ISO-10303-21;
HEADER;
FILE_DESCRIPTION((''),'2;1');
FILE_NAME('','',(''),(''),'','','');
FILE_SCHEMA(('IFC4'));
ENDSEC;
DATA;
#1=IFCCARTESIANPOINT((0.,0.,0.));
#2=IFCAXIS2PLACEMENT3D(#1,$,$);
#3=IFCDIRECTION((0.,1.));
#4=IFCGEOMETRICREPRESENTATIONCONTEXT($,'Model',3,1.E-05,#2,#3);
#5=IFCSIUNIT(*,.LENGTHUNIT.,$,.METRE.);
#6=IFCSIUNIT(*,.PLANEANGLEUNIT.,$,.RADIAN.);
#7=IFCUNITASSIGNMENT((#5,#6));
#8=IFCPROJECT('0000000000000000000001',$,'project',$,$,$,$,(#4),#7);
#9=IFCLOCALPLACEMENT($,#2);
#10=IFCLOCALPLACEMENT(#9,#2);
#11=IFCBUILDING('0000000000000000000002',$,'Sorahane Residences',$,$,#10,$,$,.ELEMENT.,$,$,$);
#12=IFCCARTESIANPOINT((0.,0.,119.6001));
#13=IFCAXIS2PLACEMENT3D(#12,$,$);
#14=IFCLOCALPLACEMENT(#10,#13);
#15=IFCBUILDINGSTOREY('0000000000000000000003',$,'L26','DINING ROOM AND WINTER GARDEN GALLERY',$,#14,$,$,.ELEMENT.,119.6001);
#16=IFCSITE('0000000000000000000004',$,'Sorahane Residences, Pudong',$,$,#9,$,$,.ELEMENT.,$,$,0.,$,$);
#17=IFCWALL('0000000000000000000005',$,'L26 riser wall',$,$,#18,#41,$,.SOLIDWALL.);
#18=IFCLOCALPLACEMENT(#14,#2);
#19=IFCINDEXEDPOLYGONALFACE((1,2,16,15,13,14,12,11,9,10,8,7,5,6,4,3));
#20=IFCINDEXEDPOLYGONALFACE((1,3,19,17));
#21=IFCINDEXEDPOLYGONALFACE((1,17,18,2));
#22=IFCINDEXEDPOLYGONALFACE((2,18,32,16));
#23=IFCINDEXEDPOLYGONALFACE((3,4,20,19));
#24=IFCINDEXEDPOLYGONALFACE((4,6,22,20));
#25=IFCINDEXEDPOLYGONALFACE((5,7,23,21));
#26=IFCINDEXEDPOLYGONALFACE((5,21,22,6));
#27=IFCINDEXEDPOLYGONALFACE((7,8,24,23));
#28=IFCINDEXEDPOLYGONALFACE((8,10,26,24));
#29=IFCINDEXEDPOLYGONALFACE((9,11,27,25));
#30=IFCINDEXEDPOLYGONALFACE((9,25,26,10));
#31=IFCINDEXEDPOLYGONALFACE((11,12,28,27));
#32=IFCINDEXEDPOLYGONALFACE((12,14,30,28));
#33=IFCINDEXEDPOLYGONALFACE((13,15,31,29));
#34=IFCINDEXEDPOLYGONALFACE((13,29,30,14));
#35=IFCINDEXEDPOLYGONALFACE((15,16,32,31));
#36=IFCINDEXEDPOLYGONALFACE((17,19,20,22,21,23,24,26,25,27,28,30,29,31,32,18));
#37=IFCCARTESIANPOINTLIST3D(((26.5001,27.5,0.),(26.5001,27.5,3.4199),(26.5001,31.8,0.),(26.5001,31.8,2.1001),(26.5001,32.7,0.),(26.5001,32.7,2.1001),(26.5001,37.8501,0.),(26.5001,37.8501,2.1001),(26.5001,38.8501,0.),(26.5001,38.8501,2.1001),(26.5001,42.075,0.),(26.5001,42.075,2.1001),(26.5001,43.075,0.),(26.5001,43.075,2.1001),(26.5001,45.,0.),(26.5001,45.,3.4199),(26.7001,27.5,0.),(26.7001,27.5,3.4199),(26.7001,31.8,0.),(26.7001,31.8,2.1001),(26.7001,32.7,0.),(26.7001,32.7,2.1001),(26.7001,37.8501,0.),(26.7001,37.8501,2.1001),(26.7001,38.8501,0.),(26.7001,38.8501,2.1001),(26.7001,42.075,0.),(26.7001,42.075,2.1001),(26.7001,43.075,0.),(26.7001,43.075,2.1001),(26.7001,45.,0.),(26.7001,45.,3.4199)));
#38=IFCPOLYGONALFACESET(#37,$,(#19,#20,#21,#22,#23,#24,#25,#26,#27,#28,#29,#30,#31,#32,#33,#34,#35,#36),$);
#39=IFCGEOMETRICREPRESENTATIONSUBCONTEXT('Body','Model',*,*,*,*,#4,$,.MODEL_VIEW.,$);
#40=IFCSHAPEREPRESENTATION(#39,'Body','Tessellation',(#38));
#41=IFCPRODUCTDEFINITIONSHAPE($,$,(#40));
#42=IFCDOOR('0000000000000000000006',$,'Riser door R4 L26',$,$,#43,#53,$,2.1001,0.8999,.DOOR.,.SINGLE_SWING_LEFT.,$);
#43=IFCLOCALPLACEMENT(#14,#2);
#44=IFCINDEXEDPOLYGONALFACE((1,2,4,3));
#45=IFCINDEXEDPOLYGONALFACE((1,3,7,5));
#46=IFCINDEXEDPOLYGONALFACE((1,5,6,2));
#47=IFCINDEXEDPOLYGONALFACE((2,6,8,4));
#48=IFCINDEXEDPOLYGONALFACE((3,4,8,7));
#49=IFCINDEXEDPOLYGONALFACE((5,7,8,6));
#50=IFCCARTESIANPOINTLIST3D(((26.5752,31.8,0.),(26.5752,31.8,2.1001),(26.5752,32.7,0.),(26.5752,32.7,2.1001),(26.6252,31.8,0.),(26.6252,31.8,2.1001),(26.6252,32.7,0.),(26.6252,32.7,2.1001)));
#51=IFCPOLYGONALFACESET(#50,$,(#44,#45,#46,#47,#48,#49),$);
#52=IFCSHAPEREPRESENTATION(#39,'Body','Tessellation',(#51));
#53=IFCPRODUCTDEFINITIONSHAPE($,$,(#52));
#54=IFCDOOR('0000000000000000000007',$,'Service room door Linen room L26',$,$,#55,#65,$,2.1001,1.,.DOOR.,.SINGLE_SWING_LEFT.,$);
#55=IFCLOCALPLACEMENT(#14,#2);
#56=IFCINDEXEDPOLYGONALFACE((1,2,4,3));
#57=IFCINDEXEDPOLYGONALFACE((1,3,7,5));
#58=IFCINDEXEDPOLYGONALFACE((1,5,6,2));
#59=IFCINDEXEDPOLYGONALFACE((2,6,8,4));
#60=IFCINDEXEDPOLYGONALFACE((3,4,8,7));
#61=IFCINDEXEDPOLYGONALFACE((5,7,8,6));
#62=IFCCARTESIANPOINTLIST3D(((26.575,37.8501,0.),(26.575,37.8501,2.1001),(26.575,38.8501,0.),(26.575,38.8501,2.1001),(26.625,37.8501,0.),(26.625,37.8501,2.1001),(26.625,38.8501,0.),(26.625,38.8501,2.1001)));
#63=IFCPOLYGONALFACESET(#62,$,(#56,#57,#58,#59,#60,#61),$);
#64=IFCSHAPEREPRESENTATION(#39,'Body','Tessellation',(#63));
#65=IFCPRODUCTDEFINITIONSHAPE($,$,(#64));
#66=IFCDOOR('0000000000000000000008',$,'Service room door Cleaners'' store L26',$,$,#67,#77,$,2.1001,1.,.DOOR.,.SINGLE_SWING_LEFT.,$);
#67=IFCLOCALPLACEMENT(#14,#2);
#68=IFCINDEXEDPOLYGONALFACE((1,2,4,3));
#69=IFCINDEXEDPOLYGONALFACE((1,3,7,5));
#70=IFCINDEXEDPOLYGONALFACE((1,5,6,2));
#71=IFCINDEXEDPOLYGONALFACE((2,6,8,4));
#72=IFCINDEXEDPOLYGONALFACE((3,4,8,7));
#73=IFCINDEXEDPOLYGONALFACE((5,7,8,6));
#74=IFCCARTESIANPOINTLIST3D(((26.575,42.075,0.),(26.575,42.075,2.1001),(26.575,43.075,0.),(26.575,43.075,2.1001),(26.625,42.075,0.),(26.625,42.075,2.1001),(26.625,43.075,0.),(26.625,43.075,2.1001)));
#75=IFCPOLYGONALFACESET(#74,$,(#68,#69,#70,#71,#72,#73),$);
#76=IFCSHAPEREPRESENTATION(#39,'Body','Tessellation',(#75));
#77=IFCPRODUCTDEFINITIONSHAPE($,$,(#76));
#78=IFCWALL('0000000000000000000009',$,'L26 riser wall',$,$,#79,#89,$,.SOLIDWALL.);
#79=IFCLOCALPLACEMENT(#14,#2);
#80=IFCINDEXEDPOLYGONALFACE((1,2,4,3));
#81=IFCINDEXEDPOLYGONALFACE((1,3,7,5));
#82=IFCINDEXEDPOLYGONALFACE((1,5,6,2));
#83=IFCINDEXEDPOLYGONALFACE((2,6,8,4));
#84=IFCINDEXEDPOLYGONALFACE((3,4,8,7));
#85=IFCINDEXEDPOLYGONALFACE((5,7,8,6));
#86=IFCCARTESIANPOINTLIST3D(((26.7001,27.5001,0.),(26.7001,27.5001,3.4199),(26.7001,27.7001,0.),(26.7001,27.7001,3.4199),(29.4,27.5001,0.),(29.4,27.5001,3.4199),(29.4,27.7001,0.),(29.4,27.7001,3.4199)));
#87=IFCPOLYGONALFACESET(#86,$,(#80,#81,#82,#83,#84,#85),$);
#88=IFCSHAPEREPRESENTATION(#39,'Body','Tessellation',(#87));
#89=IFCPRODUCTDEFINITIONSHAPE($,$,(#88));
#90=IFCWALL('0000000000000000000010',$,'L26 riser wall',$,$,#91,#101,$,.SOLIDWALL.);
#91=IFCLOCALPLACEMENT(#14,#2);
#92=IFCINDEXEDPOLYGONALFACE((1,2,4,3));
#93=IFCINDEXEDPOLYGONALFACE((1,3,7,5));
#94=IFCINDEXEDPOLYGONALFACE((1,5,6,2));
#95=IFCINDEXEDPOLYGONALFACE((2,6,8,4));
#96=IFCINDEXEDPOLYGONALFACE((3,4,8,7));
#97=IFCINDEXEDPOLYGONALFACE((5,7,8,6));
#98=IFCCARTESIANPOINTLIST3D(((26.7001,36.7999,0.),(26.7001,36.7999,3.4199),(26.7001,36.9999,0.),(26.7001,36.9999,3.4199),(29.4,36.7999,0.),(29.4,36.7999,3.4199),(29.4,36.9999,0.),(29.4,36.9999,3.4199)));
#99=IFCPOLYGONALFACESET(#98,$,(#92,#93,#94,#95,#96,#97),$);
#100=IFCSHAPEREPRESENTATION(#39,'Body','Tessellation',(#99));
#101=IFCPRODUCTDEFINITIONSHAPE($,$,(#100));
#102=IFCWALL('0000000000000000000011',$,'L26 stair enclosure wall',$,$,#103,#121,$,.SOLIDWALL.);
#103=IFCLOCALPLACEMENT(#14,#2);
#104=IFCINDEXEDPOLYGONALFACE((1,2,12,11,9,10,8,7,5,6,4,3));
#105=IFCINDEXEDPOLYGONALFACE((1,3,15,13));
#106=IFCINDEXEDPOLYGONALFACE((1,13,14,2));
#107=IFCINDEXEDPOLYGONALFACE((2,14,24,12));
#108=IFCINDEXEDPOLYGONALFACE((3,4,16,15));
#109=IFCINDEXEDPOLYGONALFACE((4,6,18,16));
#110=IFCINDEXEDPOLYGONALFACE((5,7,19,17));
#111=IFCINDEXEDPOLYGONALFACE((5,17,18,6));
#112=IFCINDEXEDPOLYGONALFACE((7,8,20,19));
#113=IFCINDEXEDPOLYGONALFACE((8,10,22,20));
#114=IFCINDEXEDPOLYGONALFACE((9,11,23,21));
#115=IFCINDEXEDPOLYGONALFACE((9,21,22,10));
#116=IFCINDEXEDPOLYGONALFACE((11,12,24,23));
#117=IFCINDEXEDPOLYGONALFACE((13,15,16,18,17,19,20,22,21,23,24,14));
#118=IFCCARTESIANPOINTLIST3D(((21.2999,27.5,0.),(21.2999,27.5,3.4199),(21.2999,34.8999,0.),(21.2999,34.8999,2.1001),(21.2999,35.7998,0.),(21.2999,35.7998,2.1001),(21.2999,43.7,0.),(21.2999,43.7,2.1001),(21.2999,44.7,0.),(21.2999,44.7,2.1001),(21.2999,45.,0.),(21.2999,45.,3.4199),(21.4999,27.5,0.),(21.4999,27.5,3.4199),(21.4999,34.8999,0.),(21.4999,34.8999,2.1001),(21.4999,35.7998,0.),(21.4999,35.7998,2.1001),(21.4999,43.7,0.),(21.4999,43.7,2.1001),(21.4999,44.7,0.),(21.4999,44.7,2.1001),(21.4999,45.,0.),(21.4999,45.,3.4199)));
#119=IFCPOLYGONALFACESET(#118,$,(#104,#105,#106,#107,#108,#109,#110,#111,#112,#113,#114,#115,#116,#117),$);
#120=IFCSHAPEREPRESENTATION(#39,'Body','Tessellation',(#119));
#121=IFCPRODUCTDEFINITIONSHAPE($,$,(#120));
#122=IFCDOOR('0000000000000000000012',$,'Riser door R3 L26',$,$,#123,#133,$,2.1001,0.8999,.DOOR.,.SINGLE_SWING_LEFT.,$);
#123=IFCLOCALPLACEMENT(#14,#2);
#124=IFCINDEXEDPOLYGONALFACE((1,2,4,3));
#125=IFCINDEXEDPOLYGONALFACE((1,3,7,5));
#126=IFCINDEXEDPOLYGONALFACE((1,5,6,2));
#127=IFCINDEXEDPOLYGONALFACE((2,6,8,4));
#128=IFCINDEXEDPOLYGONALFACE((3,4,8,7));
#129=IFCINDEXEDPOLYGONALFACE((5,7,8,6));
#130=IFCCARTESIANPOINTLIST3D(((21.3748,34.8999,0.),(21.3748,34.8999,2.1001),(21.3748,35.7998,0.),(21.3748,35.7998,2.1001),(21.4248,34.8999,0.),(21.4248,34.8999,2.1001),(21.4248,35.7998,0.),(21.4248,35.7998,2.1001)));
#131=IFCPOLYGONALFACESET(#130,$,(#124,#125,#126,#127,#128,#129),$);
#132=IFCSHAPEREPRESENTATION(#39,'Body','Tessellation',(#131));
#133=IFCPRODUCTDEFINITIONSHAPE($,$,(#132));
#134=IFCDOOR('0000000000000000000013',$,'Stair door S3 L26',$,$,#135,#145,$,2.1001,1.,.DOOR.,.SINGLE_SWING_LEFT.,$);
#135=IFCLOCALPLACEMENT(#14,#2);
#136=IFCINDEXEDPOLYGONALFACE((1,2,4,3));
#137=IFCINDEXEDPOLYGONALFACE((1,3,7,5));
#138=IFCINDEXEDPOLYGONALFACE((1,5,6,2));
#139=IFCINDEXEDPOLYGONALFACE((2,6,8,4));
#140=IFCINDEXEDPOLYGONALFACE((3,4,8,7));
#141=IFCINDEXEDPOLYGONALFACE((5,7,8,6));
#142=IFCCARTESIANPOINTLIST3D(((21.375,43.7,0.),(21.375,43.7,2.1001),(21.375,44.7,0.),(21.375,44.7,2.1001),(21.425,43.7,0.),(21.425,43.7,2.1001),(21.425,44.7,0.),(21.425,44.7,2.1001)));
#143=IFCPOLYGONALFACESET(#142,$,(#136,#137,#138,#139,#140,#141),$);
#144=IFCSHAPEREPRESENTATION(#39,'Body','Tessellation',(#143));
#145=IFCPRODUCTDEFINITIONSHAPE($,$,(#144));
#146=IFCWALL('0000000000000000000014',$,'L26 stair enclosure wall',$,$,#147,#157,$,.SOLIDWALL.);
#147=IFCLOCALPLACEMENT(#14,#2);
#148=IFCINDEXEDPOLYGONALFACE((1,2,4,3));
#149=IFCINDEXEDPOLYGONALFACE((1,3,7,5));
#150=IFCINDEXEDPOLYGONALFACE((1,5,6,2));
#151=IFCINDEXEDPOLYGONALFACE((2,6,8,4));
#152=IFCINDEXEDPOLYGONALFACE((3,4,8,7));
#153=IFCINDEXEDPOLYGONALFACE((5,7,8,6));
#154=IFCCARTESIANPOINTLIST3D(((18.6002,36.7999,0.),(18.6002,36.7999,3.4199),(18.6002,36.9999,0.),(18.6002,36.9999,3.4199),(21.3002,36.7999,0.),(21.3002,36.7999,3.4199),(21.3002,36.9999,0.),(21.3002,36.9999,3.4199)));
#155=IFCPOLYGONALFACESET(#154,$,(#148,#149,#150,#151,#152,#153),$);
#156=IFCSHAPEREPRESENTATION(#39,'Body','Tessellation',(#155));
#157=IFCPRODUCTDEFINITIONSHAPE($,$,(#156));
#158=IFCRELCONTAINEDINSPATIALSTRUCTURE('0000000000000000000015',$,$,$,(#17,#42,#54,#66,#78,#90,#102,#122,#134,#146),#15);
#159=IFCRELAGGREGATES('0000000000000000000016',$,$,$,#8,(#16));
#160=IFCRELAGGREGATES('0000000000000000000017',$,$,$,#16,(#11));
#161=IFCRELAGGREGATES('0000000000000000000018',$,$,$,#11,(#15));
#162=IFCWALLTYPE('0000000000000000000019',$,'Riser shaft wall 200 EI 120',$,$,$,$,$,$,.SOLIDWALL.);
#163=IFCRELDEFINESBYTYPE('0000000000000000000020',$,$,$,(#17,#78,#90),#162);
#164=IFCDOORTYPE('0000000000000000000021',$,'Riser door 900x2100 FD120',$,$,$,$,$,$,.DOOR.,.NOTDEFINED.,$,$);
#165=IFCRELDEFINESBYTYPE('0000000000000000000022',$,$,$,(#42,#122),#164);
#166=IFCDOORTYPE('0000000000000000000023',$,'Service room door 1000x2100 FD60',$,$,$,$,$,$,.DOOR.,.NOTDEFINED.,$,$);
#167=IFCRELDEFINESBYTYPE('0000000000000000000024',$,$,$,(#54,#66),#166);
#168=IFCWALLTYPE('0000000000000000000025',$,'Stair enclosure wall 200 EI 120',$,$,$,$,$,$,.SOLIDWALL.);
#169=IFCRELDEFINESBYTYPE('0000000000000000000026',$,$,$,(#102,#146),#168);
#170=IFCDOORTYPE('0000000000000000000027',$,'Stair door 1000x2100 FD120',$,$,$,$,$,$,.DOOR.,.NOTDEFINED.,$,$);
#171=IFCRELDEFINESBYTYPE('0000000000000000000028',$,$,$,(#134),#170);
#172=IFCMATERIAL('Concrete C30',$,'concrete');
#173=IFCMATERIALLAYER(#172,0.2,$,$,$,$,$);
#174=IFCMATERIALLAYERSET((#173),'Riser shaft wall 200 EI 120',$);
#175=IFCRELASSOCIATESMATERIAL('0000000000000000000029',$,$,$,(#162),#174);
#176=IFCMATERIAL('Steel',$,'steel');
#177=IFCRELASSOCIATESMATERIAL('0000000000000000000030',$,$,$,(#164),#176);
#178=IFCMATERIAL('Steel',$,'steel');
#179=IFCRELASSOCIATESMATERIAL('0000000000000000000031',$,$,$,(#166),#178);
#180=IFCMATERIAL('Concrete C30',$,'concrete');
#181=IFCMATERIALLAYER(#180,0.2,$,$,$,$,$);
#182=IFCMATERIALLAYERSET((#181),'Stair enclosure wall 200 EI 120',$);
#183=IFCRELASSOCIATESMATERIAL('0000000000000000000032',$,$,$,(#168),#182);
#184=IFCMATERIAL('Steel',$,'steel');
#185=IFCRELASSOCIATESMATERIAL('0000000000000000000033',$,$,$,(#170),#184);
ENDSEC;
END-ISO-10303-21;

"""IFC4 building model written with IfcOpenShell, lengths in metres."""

from ifc_helpers import new_model, si_unit, direction, frame, frame_2d, origin, place, context, subcontext, project, spatial, rectangle, extrude, material, layer, layer_set, type_object, element, fill, save


model = new_model("IFC4")

# Units and contexts
model_context = context("Model", 3, precision=1e-05, world=origin(), true_north=direction((0.0, 1.0)))
body_context = subcontext(model_context, "Body", "Model", "MODEL_VIEW")
ifc_project = project(units=[si_unit("LENGTHUNIT", "METRE"), si_unit("PLANEANGLEUNIT", "RADIAN")], contexts=[model_context])

# Site, building, storey
site_placement = place(None, origin())
site = spatial("IfcSite", under=ifc_project, at=site_placement, Name="Sorahane Residences, Pudong", CompositionType="ELEMENT", RefElevation=0.0)
building_placement = place(site_placement, origin())
building = spatial("IfcBuilding", under=site, at=building_placement, Name="Sorahane Residences", CompositionType="ELEMENT")
storey_placement = place(building_placement, frame((0.0, 0.0, 119.6001)))
storey = spatial("IfcBuildingStorey", under=building, at=storey_placement, Name="L26", Description="DINING ROOM AND WINTER GARDEN GALLERY", CompositionType="ELEMENT", Elevation=119.6001)

# Wall, openings, doors
ifc_material_1 = material(Name="Concrete C30", Category="concrete")
ifc_layer_1 = layer(ifc_material_1, 0.2)
ifc_layer_set_1 = layer_set([ifc_layer_1], Name="Riser shaft wall 200 EI 120")
wall_type_1 = type_object("IfcWallType", Name="Riser shaft wall 200 EI 120", PredefinedType="SOLIDWALL", material=ifc_layer_set_1)
wall_1_placement = place(storey_placement, frame((26.6001, 27.5, 0.0), z_axis=(0.0, 0.0, 1.0), x_axis=(0.0, 1.0, 0.0)))
wall_1 = element("IfcWall", 1, at=wall_1_placement, inside=storey, type_object=wall_type_1, Name="L26 riser wall", PredefinedType="SOLIDWALL", context=body_context, shape_type="SweptSolid", body=[
    extrude(rectangle(XDim=17.5, YDim=0.2, at=frame_2d((8.75, 0.0))), origin(), (0.0, 0.0, 1.0), 3.4199),
])
opening_1_placement = place(wall_1_placement, frame((4.3, 0.0, 0.0)))
opening_1 = element("IfcOpeningElement", 2, at=opening_1_placement, cuts=wall_1, PredefinedType="OPENING", context=body_context, shape_type="SweptSolid", body=[
    extrude(rectangle(XDim=0.8999, YDim=2.1001, at=frame_2d((0.45, 1.05))), frame((0.0, 0.1099, 0.0), z_axis=(0.0, -1.0, 0.0), x_axis=(1.0, 0.0, 0.0)), (0.0, 0.0, 1.0), 0.22),
])
opening_2_placement = place(wall_1_placement, frame((10.3501, 0.0, 0.0)))
opening_2 = element("IfcOpeningElement", 3, at=opening_2_placement, cuts=wall_1, PredefinedType="OPENING", context=body_context, shape_type="SweptSolid", body=[
    extrude(rectangle(XDim=1.0, YDim=2.1001, at=frame_2d((0.5, 1.05))), frame((0.0, 0.1099, 0.0), z_axis=(0.0, -1.0, 0.0), x_axis=(1.0, 0.0, 0.0)), (0.0, 0.0, 1.0), 0.22),
])
opening_3_placement = place(wall_1_placement, frame((14.575, 0.0, 0.0)))
opening_3 = element("IfcOpeningElement", 4, at=opening_3_placement, cuts=wall_1, PredefinedType="OPENING", context=body_context, shape_type="SweptSolid", body=[
    extrude(rectangle(XDim=1.0, YDim=2.1001, at=frame_2d((0.5, 1.05))), frame((0.0, 0.1099, 0.0), z_axis=(0.0, -1.0, 0.0), x_axis=(1.0, 0.0, 0.0)), (0.0, 0.0, 1.0), 0.22),
])
ifc_material_2 = material(Name="Steel", Category="steel")
door_type_1 = type_object("IfcDoorType", Name="Riser door 900x2100 FD120", OperationType="NOTDEFINED", PredefinedType="DOOR", material=ifc_material_2)
door_1_placement = place(opening_1_placement, origin())
door_1 = element("IfcDoor", 5, at=door_1_placement, inside=storey, type_object=door_type_1, Name="Riser door R4 L26", OperationType="SINGLE_SWING_LEFT", OverallHeight=2.1001, OverallWidth=0.8999, PredefinedType="DOOR", context=body_context, shape_type="SweptSolid", body=[
    extrude(rectangle(XDim=0.8999, YDim=2.1001, at=frame_2d((0.45, 1.05))), frame((0.0, 0.0249, 0.0), z_axis=(0.0, -1.0, 0.0), x_axis=(1.0, 0.0, 0.0)), (0.0, 0.0, 1.0), 0.05),
])
fill(opening_1, door_1)
ifc_material_3 = material(Name="Steel", Category="steel")
door_type_2 = type_object("IfcDoorType", Name="Service room door 1000x2100 FD60", OperationType="NOTDEFINED", PredefinedType="DOOR", material=ifc_material_3)
door_2_placement = place(opening_2_placement, frame((1.0, 0.0, 0.0), z_axis=(0.0, 0.0, 1.0), x_axis=(-1.0, 0.0, 0.0)))
door_2 = element("IfcDoor", 6, at=door_2_placement, inside=storey, type_object=door_type_2, Name="Service room door Linen room L26", OperationType="SINGLE_SWING_LEFT", OverallHeight=2.1001, OverallWidth=1.0, PredefinedType="DOOR", context=body_context, shape_type="SweptSolid", body=[
    extrude(rectangle(XDim=1.0, YDim=2.1001, at=frame_2d((0.5, 1.05))), frame((0.0, 0.0249, 0.0), z_axis=(0.0, -1.0, 0.0), x_axis=(1.0, 0.0, 0.0)), (0.0, 0.0, 1.0), 0.05),
])
fill(opening_2, door_2)
door_3_placement = place(opening_3_placement, frame((1.0, 0.0, 0.0), z_axis=(0.0, 0.0, 1.0), x_axis=(-1.0, 0.0, 0.0)))
door_3 = element("IfcDoor", 7, at=door_3_placement, inside=storey, type_object=door_type_2, Name="Service room door Cleaners' store L26", OperationType="SINGLE_SWING_LEFT", OverallHeight=2.1001, OverallWidth=1.0, PredefinedType="DOOR", context=body_context, shape_type="SweptSolid", body=[
    extrude(rectangle(XDim=1.0, YDim=2.1001, at=frame_2d((0.5, 1.05))), frame((0.0, 0.0249, 0.0), z_axis=(0.0, -1.0, 0.0), x_axis=(1.0, 0.0, 0.0)), (0.0, 0.0, 1.0), 0.05),
])
fill(opening_3, door_3)

# Walls
for number, where, z_axis, x_axis, name in (
    (8, (26.7, 27.6001, 0.0), (0.0, 0.0, 1.0), (1.0, 0.0, 0.0), "L26 riser wall"),
    (9, (26.7, 36.8999, 0.0), (0.0, 0.0, 1.0), (1.0, 0.0, 0.0), "L26 riser wall"),
):
    element("IfcWall", number, at=place(storey_placement, frame(where, z_axis=z_axis, x_axis=x_axis)), inside=storey, type_object=wall_type_1, Name=name, PredefinedType="SOLIDWALL", context=body_context, shape_type="SweptSolid", body=[
        extrude(rectangle(XDim=2.7, YDim=0.2, at=frame_2d((1.3501, 0.0))), origin(), (0.0, 0.0, 1.0), 3.4199),
    ])

# Wall, openings, doors
ifc_material_4 = material(Name="Concrete C30", Category="concrete")
ifc_layer_2 = layer(ifc_material_4, 0.2)
ifc_layer_set_2 = layer_set([ifc_layer_2], Name="Stair enclosure wall 200 EI 120")
wall_type_2 = type_object("IfcWallType", Name="Stair enclosure wall 200 EI 120", PredefinedType="SOLIDWALL", material=ifc_layer_set_2)
wall_2_placement = place(storey_placement, frame((21.3999, 27.5, 0.0), z_axis=(0.0, 0.0, 1.0), x_axis=(0.0, 1.0, 0.0)))
wall_2 = element("IfcWall", 10, at=wall_2_placement, inside=storey, type_object=wall_type_2, Name="L26 stair enclosure wall", PredefinedType="SOLIDWALL", context=body_context, shape_type="SweptSolid", body=[
    extrude(rectangle(XDim=17.5, YDim=0.2, at=frame_2d((8.75, 0.0))), origin(), (0.0, 0.0, 1.0), 3.4199),
])
opening_4_placement = place(wall_2_placement, frame((16.2, 0.0, 0.0)))
opening_4 = element("IfcOpeningElement", 11, at=opening_4_placement, cuts=wall_2, PredefinedType="OPENING", context=body_context, shape_type="SweptSolid", body=[
    extrude(rectangle(XDim=1.0, YDim=2.1001, at=frame_2d((0.5, 1.05))), frame((0.0, 0.1099, 0.0), z_axis=(0.0, -1.0, 0.0), x_axis=(1.0, 0.0, 0.0)), (0.0, 0.0, 1.0), 0.22),
])
opening_5_placement = place(wall_2_placement, frame((7.3999, 0.0, 0.0)))
opening_5 = element("IfcOpeningElement", 12, at=opening_5_placement, cuts=wall_2, PredefinedType="OPENING", context=body_context, shape_type="SweptSolid", body=[
    extrude(rectangle(XDim=0.8999, YDim=2.1001, at=frame_2d((0.45, 1.05))), frame((0.0, 0.1099, 0.0), z_axis=(0.0, -1.0, 0.0), x_axis=(1.0, 0.0, 0.0)), (0.0, 0.0, 1.0), 0.22),
])
door_4_placement = place(opening_5_placement, frame((0.8999, 0.0, 0.0), z_axis=(0.0, 0.0, 1.0), x_axis=(-1.0, 0.0, 0.0)))
door_4 = element("IfcDoor", 13, at=door_4_placement, inside=storey, type_object=door_type_1, Name="Riser door R3 L26", OperationType="SINGLE_SWING_LEFT", OverallHeight=2.1001, OverallWidth=0.8999, PredefinedType="DOOR", context=body_context, shape_type="SweptSolid", body=[
    extrude(rectangle(XDim=0.8999, YDim=2.1001, at=frame_2d((0.45, 1.05))), frame((0.0, 0.0249, 0.0), z_axis=(0.0, -1.0, 0.0), x_axis=(1.0, 0.0, 0.0)), (0.0, 0.0, 1.0), 0.05),
])
fill(opening_5, door_4)
ifc_material_5 = material(Name="Steel", Category="steel")
door_type_3 = type_object("IfcDoorType", Name="Stair door 1000x2100 FD120", OperationType="NOTDEFINED", PredefinedType="DOOR", material=ifc_material_5)
door_5_placement = place(opening_4_placement, origin())
door_5 = element("IfcDoor", 14, at=door_5_placement, inside=storey, type_object=door_type_3, Name="Stair door S3 L26", OperationType="SINGLE_SWING_LEFT", OverallHeight=2.1001, OverallWidth=1.0, PredefinedType="DOOR", context=body_context, shape_type="SweptSolid", body=[
    extrude(rectangle(XDim=1.0, YDim=2.1001, at=frame_2d((0.5, 1.05))), frame((0.0, 0.0249, 0.0), z_axis=(0.0, -1.0, 0.0), x_axis=(1.0, 0.0, 0.0)), (0.0, 0.0, 1.0), 0.05),
])
fill(opening_4, door_5)

# Wall
wall_3_placement = place(storey_placement, frame((18.6001, 36.8999, 0.0), z_axis=(0.0, 0.0, 1.0), x_axis=(1.0, 0.0, 0.0)))
element("IfcWall", 15, at=wall_3_placement, inside=storey, type_object=wall_type_2, Name="L26 stair enclosure wall", PredefinedType="SOLIDWALL", context=body_context, shape_type="SweptSolid", body=[
    extrude(rectangle(XDim=2.7, YDim=0.2, at=frame_2d((1.3501, 0.0))), origin(), (0.0, 0.0, 1.0), 3.4199),
])

save(model, "model.ifc")
